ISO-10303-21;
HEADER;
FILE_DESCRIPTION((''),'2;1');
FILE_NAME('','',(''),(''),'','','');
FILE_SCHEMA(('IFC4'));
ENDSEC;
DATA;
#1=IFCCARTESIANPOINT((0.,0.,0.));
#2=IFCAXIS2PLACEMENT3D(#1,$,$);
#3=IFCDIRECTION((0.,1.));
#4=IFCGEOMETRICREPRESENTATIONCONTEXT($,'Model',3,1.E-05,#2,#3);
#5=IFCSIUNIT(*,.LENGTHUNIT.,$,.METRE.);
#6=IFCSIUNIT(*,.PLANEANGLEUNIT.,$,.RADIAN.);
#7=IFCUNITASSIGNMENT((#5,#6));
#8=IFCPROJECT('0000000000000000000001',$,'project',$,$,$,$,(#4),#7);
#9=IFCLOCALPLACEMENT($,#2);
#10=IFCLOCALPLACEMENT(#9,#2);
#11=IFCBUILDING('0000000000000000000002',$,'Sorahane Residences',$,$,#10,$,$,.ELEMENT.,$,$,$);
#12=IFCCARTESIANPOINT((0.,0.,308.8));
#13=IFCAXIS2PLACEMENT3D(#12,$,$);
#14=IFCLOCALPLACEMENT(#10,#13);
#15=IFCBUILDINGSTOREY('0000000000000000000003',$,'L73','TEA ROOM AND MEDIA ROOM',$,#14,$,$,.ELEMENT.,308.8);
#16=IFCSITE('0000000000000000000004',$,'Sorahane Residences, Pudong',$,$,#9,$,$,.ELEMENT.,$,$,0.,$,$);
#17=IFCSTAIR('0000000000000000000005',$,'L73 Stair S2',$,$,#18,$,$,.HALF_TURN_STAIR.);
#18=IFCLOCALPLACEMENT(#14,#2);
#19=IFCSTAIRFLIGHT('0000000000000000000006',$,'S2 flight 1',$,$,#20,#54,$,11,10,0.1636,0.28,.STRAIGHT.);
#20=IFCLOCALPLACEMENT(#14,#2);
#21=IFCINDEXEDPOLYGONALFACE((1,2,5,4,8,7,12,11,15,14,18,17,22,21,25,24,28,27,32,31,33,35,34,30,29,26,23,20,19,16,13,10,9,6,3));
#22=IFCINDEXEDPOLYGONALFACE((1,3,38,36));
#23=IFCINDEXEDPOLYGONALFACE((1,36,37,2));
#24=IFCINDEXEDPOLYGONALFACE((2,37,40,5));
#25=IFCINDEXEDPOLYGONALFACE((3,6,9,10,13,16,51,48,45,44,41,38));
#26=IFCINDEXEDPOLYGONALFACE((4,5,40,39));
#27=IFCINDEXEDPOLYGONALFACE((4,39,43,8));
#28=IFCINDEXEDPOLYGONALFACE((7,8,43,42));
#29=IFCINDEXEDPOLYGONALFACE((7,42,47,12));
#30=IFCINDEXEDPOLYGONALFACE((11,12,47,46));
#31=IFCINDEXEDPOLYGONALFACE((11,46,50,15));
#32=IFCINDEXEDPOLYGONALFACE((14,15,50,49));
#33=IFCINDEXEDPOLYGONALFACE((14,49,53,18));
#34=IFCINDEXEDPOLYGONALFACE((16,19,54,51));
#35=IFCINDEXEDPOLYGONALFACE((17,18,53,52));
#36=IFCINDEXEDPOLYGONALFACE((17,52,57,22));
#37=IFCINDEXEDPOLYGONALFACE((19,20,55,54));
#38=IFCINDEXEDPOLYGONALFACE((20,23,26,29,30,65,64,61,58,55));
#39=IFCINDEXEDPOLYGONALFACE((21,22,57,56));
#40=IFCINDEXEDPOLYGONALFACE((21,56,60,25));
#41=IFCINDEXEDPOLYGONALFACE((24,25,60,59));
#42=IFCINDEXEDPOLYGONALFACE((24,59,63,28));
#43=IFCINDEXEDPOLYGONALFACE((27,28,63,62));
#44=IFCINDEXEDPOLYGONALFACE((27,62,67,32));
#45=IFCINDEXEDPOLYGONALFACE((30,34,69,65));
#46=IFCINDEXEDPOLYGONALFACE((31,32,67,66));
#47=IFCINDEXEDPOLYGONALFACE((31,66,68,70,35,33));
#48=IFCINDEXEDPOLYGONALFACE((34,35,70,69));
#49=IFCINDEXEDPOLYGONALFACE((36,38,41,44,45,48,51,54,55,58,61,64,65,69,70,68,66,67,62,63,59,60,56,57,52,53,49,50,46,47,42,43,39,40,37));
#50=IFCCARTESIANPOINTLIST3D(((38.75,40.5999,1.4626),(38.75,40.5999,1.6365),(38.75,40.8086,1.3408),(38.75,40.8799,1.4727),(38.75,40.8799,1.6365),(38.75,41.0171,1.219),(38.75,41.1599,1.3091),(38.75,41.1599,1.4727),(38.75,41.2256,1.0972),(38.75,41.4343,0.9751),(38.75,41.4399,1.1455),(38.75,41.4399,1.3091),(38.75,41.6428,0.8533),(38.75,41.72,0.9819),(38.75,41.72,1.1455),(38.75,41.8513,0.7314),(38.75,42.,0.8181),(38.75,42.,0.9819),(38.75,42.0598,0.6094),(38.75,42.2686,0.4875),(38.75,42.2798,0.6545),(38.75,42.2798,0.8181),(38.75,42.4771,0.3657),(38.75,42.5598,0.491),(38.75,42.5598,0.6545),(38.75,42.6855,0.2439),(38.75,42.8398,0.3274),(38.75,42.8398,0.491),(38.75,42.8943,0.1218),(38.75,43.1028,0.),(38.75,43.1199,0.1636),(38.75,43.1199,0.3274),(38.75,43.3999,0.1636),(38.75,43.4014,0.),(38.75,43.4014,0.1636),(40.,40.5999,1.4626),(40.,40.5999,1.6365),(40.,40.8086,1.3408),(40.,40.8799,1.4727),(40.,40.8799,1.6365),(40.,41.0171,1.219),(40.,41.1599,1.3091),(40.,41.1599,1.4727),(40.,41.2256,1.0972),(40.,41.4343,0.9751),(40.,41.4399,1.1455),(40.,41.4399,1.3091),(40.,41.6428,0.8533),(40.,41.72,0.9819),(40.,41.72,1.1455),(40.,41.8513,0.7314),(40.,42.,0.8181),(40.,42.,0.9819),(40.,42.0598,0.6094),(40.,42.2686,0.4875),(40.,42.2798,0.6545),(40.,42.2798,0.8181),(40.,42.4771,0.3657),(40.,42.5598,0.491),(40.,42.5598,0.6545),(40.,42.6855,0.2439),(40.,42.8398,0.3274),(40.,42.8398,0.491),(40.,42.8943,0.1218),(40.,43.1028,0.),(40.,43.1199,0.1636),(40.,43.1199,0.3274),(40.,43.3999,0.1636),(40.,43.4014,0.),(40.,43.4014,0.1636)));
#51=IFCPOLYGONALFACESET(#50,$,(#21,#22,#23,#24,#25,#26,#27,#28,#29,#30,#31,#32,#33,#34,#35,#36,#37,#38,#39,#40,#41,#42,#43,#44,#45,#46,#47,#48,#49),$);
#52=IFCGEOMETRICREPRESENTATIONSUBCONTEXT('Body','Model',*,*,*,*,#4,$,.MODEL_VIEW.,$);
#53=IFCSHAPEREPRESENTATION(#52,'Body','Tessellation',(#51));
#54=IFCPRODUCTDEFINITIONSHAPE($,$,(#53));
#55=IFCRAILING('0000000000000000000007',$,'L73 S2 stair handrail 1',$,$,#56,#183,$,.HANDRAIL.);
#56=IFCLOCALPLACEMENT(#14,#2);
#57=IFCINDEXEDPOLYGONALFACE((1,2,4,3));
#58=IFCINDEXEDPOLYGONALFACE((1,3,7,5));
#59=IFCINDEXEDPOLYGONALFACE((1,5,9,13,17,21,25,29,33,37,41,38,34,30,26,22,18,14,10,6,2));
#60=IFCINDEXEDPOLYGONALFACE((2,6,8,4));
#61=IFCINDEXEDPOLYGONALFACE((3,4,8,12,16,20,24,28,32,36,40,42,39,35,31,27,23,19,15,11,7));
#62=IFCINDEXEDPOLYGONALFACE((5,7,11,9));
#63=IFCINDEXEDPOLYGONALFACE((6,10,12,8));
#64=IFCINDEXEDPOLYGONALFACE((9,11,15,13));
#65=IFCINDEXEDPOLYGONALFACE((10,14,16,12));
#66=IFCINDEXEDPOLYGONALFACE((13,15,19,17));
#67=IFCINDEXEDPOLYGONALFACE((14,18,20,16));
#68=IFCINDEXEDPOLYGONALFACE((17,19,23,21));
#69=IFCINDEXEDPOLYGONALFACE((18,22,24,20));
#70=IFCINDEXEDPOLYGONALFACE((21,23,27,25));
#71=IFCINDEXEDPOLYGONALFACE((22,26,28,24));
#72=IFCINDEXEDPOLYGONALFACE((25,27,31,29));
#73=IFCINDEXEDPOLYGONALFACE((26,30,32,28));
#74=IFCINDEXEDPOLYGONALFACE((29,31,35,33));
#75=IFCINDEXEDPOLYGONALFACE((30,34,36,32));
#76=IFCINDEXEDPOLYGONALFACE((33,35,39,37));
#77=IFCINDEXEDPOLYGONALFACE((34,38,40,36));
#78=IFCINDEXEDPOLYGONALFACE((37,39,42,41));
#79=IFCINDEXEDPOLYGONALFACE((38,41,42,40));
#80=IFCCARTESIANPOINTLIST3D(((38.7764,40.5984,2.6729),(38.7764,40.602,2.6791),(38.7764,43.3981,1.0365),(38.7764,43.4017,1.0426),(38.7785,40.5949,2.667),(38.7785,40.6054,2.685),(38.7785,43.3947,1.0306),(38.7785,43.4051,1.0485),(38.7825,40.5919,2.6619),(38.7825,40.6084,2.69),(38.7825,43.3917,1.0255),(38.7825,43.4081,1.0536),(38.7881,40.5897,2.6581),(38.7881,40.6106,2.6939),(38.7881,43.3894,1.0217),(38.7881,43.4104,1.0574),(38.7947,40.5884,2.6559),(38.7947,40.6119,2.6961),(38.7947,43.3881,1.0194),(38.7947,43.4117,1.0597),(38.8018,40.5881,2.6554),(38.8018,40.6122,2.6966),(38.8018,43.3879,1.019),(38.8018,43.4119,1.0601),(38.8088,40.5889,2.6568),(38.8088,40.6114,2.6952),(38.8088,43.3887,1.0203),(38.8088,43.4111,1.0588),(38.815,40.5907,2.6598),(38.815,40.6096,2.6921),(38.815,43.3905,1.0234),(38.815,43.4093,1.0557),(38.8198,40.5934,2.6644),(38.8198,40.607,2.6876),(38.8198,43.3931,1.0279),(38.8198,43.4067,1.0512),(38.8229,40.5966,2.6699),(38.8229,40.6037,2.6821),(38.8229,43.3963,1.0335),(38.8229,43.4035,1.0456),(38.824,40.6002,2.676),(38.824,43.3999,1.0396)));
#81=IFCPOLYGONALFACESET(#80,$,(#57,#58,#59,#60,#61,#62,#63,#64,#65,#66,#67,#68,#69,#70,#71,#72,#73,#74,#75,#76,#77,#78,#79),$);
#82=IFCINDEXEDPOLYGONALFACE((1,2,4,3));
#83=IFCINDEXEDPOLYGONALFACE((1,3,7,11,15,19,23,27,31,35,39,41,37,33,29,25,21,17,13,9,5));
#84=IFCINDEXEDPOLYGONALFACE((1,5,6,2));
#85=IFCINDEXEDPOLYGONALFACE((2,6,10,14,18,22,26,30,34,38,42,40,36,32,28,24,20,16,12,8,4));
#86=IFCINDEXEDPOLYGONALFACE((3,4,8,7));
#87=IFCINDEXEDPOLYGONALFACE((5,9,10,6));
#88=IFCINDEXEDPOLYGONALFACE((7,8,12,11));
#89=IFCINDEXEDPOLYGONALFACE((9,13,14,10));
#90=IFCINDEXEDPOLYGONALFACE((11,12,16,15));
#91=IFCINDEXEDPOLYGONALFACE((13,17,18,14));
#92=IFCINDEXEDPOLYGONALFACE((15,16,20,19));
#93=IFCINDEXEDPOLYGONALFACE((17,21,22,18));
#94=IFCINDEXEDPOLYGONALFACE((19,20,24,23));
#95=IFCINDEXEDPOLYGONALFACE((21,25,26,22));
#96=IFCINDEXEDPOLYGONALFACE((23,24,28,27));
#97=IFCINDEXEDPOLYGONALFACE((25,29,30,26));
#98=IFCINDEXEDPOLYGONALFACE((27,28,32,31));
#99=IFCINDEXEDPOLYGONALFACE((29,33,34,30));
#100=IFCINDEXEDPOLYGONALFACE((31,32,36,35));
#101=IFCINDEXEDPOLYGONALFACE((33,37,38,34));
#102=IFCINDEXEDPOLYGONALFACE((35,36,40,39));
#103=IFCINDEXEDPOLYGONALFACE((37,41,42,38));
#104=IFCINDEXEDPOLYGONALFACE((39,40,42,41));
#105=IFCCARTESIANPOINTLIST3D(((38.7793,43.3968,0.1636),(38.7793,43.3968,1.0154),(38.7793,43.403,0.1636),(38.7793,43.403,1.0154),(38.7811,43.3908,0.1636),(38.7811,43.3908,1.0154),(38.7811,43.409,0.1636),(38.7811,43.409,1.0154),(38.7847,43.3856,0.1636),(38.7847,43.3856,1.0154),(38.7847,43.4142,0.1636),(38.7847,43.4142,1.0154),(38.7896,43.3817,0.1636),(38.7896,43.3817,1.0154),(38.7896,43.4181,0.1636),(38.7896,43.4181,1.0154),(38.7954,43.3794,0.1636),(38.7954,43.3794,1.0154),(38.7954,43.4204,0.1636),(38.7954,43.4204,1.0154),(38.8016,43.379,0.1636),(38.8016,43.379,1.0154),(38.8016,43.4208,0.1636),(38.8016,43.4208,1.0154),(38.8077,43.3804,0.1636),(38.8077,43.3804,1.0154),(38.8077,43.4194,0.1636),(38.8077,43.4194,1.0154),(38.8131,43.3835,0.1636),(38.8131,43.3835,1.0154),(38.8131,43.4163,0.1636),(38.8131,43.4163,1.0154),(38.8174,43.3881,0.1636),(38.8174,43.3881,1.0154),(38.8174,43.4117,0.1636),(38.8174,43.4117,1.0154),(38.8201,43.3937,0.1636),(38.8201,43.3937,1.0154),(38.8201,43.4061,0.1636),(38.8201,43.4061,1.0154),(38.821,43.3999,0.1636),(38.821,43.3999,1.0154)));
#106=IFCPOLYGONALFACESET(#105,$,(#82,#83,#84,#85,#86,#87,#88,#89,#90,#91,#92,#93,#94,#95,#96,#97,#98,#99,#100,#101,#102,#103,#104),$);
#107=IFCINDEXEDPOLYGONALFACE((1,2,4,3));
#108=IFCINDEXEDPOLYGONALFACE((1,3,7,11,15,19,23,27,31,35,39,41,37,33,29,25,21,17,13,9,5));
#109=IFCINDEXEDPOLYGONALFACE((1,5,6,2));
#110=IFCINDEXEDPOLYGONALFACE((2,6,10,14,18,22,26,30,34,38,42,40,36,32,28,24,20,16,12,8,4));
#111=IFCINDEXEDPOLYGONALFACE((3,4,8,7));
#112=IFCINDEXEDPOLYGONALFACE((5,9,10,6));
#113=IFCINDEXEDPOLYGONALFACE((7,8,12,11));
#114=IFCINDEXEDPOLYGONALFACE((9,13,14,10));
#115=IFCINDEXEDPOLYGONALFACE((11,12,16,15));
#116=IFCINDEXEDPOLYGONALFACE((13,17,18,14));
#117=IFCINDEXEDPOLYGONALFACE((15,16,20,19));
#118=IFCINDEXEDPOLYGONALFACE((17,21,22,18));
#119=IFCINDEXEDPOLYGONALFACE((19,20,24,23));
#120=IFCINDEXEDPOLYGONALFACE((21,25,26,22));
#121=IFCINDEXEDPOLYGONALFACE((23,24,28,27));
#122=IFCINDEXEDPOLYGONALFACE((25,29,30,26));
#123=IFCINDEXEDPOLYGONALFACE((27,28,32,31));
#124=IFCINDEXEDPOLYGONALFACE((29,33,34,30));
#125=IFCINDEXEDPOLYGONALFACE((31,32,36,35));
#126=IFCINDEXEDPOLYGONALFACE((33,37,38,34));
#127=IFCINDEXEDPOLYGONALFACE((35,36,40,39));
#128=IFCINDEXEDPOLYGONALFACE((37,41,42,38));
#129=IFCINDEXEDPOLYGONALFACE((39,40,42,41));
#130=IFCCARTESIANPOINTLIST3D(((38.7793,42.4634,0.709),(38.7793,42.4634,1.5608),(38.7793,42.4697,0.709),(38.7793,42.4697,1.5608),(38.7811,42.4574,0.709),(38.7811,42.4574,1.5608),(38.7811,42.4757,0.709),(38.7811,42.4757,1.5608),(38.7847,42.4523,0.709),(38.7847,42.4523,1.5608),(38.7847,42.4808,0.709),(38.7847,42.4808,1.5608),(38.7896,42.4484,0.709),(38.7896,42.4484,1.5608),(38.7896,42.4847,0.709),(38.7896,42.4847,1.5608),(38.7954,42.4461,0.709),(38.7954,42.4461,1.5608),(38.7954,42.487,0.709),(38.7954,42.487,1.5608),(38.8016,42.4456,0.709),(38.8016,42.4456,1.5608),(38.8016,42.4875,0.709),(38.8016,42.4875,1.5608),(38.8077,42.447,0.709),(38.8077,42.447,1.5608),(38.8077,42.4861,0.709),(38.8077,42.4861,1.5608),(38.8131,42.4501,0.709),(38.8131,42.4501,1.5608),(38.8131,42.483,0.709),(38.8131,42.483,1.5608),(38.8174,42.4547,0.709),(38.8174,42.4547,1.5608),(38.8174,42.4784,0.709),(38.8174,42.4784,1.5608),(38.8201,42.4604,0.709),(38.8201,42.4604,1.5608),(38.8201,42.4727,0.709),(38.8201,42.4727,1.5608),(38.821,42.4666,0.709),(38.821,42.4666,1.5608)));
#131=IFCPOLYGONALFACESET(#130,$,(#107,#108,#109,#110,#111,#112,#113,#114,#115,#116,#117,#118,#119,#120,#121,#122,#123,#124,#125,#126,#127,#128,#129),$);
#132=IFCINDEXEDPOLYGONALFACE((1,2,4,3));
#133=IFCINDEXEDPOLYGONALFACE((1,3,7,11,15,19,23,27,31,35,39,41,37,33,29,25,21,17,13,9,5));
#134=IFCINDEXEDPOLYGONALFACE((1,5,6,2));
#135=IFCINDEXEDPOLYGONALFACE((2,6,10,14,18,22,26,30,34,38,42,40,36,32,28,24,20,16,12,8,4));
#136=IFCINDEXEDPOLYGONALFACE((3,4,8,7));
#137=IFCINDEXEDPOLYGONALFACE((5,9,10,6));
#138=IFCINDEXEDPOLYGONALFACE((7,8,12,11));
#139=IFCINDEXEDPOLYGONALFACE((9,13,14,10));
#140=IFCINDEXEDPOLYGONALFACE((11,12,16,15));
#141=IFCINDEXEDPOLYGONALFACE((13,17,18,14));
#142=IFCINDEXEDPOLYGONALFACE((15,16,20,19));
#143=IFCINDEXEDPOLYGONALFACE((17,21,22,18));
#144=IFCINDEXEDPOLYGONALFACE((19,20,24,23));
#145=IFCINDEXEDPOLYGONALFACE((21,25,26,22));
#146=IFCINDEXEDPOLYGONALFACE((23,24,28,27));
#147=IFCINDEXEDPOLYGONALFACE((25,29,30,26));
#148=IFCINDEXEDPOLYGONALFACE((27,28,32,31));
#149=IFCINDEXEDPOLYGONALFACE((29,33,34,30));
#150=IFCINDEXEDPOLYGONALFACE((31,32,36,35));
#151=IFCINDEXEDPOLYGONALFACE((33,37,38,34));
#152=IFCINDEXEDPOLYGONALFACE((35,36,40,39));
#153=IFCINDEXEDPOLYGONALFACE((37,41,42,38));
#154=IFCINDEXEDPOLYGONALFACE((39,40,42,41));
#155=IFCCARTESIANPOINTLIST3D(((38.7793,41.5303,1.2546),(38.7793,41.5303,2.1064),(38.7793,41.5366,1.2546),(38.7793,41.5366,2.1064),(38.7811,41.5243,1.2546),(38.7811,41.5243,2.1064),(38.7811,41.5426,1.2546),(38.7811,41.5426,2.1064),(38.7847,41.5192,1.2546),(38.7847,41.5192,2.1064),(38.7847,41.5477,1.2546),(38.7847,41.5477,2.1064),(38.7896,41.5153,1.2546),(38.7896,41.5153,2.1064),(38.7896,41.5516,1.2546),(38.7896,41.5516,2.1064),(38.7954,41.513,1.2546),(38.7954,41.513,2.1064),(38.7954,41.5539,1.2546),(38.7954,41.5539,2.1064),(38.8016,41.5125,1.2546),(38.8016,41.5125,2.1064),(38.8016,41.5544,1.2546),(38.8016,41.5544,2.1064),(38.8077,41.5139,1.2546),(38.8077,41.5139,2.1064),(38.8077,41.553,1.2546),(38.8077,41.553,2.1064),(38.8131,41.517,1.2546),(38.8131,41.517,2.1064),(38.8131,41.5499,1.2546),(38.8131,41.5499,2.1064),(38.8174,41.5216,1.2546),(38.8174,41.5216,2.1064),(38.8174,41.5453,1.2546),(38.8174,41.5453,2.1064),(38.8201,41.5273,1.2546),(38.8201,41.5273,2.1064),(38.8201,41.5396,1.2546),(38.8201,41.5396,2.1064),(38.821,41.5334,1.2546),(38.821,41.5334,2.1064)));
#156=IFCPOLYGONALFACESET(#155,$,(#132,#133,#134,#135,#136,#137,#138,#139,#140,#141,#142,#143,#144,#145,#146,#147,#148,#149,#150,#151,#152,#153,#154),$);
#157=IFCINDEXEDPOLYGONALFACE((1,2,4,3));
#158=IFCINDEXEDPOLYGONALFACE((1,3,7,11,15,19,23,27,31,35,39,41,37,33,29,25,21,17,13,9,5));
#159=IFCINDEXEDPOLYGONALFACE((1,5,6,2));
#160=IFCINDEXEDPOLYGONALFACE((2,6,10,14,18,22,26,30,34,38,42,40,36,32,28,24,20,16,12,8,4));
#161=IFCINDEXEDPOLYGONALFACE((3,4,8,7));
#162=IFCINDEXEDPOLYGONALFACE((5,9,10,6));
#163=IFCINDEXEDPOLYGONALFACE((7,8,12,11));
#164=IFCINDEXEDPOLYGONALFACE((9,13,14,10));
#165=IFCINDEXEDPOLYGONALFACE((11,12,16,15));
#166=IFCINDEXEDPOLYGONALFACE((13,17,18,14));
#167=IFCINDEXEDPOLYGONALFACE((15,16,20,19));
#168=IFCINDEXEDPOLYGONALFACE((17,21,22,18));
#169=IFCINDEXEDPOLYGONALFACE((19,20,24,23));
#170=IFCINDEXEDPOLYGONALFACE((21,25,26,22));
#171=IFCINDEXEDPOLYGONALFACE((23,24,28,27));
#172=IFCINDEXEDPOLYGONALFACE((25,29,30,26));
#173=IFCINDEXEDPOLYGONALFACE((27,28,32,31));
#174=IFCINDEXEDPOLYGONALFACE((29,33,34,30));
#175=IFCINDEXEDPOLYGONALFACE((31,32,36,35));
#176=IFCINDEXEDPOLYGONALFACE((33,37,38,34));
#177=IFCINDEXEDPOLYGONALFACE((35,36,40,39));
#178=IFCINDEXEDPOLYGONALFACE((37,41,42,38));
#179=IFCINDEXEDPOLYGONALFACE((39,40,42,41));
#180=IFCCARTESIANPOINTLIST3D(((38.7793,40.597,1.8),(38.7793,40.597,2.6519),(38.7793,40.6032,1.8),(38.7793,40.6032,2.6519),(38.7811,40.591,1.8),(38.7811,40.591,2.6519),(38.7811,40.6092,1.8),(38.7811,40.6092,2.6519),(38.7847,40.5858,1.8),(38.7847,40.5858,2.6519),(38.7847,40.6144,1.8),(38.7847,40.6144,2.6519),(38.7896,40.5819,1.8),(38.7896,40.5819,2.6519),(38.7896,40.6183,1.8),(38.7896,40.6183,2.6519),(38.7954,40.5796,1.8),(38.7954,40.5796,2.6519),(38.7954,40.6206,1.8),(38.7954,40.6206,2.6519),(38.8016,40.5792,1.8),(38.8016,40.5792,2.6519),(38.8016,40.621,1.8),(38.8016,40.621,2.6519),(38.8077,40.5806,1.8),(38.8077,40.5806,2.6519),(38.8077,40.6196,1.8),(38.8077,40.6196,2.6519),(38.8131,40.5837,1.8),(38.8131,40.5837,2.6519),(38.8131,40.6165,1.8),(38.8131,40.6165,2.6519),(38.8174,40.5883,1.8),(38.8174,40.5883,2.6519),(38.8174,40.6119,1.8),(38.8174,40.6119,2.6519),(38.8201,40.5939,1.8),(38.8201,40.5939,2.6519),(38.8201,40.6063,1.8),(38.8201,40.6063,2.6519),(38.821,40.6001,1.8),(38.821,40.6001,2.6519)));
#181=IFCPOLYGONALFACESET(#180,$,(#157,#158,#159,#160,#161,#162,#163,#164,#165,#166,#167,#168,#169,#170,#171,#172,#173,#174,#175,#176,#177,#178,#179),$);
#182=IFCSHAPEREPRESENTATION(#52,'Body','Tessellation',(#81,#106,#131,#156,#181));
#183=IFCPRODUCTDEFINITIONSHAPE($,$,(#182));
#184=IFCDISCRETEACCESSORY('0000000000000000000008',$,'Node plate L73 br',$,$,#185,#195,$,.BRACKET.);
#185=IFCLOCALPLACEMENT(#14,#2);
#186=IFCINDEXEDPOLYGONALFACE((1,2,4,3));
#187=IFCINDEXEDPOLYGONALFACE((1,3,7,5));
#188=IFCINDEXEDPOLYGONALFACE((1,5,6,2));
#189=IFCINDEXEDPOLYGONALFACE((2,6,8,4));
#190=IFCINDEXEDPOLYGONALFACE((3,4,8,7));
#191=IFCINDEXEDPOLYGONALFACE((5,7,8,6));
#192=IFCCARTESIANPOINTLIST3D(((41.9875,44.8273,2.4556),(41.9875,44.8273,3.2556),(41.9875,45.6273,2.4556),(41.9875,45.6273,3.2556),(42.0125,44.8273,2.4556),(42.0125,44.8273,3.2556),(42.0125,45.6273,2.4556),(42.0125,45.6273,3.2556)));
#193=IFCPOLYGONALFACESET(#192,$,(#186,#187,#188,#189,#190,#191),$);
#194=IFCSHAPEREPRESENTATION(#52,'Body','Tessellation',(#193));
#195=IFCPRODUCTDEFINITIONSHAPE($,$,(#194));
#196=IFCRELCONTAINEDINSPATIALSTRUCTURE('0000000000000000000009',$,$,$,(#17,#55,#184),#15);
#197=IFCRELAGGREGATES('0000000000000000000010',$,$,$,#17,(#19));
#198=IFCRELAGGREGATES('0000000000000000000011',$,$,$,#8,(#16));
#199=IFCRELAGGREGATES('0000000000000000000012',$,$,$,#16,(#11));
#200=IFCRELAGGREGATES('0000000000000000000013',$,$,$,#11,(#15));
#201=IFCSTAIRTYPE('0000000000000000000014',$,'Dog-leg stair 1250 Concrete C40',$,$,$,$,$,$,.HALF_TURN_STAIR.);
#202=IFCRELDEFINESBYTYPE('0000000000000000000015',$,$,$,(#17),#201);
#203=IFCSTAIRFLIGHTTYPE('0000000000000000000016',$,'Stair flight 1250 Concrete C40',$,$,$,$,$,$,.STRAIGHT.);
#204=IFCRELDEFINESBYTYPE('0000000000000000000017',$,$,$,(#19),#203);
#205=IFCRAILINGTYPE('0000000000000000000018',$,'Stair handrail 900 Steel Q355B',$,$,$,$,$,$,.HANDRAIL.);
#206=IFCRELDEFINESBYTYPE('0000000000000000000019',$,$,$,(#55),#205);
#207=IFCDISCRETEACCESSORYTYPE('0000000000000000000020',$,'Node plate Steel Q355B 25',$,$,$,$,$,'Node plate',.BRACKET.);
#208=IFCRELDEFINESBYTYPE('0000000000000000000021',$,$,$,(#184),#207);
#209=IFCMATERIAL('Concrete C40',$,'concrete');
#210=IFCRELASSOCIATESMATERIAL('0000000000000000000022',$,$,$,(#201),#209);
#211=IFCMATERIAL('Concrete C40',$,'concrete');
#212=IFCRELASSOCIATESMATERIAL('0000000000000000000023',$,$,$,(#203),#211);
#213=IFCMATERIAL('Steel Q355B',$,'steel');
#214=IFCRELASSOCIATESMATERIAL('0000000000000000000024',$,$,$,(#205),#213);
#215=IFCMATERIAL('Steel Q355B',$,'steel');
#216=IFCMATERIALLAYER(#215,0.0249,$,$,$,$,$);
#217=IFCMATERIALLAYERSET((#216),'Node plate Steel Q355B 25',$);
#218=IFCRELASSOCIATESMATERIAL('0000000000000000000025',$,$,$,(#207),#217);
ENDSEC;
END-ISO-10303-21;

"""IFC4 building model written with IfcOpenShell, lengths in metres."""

from ifc_helpers import new_model, si_unit, direction, frame, origin, origin_2d, place, context, subcontext, project, spatial, polyline, rectangle, circle, outline, extrude, material, layer, layer_set, type_object, element, aggregate, save


model = new_model("IFC4")

# Units and contexts
model_context = context("Model", 3, precision=1e-05, world=origin(), true_north=direction((0.0, 1.0)))
body_context = subcontext(model_context, "Body", "Model", "MODEL_VIEW")
ifc_project = project(units=[si_unit("LENGTHUNIT", "METRE"), si_unit("PLANEANGLEUNIT", "RADIAN")], contexts=[model_context])

# Site, building, storey
site_placement = place(None, origin())
site = spatial("IfcSite", under=ifc_project, at=site_placement, Name="Sorahane Residences, Pudong", CompositionType="ELEMENT", RefElevation=0.0)
building_placement = place(site_placement, origin())
building = spatial("IfcBuilding", under=site, at=building_placement, Name="Sorahane Residences", CompositionType="ELEMENT")
storey_placement = place(building_placement, frame((0.0, 0.0, 308.8)))
storey = spatial("IfcBuildingStorey", under=building, at=storey_placement, Name="L73", Description="TEA ROOM AND MEDIA ROOM", CompositionType="ELEMENT", Elevation=308.8)

# Stair, stair flight
ifc_material_1 = material(Name="Concrete C40", Category="concrete")
stair_type = type_object("IfcStairType", Name="Dog-leg stair 1250 Concrete C40", PredefinedType="HALF_TURN_STAIR", material=ifc_material_1)
stair_placement = place(storey_placement, origin())
stair = element("IfcStair", 1, at=stair_placement, inside=storey, type_object=stair_type, Name="L73 Stair S2", PredefinedType="HALF_TURN_STAIR")
ifc_material_2 = material(Name="Concrete C40", Category="concrete")
stair_flight_type = type_object("IfcStairFlightType", Name="Stair flight 1250 Concrete C40", PredefinedType="STRAIGHT", material=ifc_material_2)
stair_flight_placement = place(storey_placement, frame((39.375, 43.3999, 0.0), z_axis=(0.0, 0.0, 1.0), x_axis=(0.0, -1.0, 0.0)))
stair_flight = element("IfcStairFlight", 2, at=stair_flight_placement, type_object=stair_flight_type, Name="S2 flight 1", NumberOfRisers=11, NumberOfTreads=10, PredefinedType="STRAIGHT", RiserHeight=0.1636, TreadLength=0.28, context=body_context, shape_type="SweptSolid", body=[
    extrude(outline(polyline([(-0.0015, 0.0), (-0.0015, 0.1636), (0.0, 0.1636), (0.28, 0.1636), (0.28, 0.3274), (0.5601, 0.3274), (0.5601, 0.491), (0.8401, 0.491), (0.8401, 0.6545), (1.1201, 0.6545), (1.1201, 0.8181), (1.3999, 0.8181), (1.3999, 0.9819), (1.6799, 0.9819), (1.6799, 1.1455), (1.96, 1.1455), (1.96, 1.3091), (2.24, 1.3091), (2.24, 1.4727), (2.52, 1.4727), (2.52, 1.6365), (2.8, 1.6365), (2.8, 1.8), (2.8, 1.4626), (2.5913, 1.3408), (2.3828, 1.219), (2.1743, 1.0972), (1.9656, 0.9751), (1.7571, 0.8533), (1.5486, 0.7314), (1.3401, 0.6094), (1.1313, 0.4875), (0.9229, 0.3657), (0.7144, 0.2439), (0.5056, 0.1218), (0.2971, 0.0), (-0.0015, 0.0)])), frame((0.0, 0.625, 0.0), z_axis=(0.0, -1.0, 0.0), x_axis=(1.0, 0.0, 0.0)), (0.0, 0.0, 1.0), 1.25),
])
aggregate(stair, [stair_flight])

# Railing
ifc_material_3 = material(Name="Steel Q355B", Category="steel")
railing_type_1 = type_object("IfcRailingType", Name="Stair handrail 900 Steel Q355B", PredefinedType="HANDRAIL", material=ifc_material_3)
railing_1_placement = place(storey_placement, frame((38.8, 43.3999, 0.1636)))
element("IfcRailing", 3, at=railing_1_placement, inside=storey, type_object=railing_type_1, Name="L73 S2 stair handrail 1", PredefinedType="HANDRAIL", context=body_context, shape_type="SweptSolid", body=[
    extrude(circle(Radius=0.0239, at=origin_2d()), frame((0.0, 0.0, 0.876), z_axis=(0.0, -0.863342, 0.50462), x_axis=(1.0, 0.0, 0.0)), (0.0, 0.0, 1.0), 3.2429),
    extrude(circle(Radius=0.021, at=origin_2d()), origin(), (0.0, 0.0, 1.0), 0.8518),
    extrude(circle(Radius=0.021, at=origin_2d()), frame((0.0, -0.9333, 0.5454)), (0.0, 0.0, 1.0), 0.8518),
    extrude(circle(Radius=0.021, at=origin_2d()), frame((0.0, -1.8665, 1.0911)), (0.0, 0.0, 1.0), 0.8518),
    extrude(circle(Radius=0.021, at=origin_2d()), frame((0.0, -2.7998, 1.6365)), (0.0, 0.0, 1.0), 0.8518),
])

# Discrete accessory
ifc_material_4 = material(Name="Steel Q355B", Category="steel")
ifc_layer_1 = layer(ifc_material_4, 0.0249)
ifc_layer_set_1 = layer_set([ifc_layer_1], Name="Node plate Steel Q355B 25")
discrete_accessory_type = type_object("IfcDiscreteAccessoryType", Name="Node plate Steel Q355B 25", ElementType="Node plate", PredefinedType="BRACKET", material=ifc_layer_set_1)
for number, where, z_axis, x_axis, name in (
    (4, (42.0, 45.2273, 2.4556), (0.0, 0.0, 1.0), (0.0, 1.0, 0.0), "Node plate L73 br"),
):
    element("IfcDiscreteAccessory", number, at=place(storey_placement, frame(where, z_axis=z_axis, x_axis=x_axis)), inside=storey, type_object=discrete_accessory_type, Name=name, PredefinedType="BRACKET", context=body_context, shape_type="SweptSolid", body=[
        extrude(rectangle(XDim=0.8, YDim=0.0249, at=origin_2d()), origin(), (0.0, 0.0, 1.0), 0.8),
    ])

save(model, "model.ifc")
